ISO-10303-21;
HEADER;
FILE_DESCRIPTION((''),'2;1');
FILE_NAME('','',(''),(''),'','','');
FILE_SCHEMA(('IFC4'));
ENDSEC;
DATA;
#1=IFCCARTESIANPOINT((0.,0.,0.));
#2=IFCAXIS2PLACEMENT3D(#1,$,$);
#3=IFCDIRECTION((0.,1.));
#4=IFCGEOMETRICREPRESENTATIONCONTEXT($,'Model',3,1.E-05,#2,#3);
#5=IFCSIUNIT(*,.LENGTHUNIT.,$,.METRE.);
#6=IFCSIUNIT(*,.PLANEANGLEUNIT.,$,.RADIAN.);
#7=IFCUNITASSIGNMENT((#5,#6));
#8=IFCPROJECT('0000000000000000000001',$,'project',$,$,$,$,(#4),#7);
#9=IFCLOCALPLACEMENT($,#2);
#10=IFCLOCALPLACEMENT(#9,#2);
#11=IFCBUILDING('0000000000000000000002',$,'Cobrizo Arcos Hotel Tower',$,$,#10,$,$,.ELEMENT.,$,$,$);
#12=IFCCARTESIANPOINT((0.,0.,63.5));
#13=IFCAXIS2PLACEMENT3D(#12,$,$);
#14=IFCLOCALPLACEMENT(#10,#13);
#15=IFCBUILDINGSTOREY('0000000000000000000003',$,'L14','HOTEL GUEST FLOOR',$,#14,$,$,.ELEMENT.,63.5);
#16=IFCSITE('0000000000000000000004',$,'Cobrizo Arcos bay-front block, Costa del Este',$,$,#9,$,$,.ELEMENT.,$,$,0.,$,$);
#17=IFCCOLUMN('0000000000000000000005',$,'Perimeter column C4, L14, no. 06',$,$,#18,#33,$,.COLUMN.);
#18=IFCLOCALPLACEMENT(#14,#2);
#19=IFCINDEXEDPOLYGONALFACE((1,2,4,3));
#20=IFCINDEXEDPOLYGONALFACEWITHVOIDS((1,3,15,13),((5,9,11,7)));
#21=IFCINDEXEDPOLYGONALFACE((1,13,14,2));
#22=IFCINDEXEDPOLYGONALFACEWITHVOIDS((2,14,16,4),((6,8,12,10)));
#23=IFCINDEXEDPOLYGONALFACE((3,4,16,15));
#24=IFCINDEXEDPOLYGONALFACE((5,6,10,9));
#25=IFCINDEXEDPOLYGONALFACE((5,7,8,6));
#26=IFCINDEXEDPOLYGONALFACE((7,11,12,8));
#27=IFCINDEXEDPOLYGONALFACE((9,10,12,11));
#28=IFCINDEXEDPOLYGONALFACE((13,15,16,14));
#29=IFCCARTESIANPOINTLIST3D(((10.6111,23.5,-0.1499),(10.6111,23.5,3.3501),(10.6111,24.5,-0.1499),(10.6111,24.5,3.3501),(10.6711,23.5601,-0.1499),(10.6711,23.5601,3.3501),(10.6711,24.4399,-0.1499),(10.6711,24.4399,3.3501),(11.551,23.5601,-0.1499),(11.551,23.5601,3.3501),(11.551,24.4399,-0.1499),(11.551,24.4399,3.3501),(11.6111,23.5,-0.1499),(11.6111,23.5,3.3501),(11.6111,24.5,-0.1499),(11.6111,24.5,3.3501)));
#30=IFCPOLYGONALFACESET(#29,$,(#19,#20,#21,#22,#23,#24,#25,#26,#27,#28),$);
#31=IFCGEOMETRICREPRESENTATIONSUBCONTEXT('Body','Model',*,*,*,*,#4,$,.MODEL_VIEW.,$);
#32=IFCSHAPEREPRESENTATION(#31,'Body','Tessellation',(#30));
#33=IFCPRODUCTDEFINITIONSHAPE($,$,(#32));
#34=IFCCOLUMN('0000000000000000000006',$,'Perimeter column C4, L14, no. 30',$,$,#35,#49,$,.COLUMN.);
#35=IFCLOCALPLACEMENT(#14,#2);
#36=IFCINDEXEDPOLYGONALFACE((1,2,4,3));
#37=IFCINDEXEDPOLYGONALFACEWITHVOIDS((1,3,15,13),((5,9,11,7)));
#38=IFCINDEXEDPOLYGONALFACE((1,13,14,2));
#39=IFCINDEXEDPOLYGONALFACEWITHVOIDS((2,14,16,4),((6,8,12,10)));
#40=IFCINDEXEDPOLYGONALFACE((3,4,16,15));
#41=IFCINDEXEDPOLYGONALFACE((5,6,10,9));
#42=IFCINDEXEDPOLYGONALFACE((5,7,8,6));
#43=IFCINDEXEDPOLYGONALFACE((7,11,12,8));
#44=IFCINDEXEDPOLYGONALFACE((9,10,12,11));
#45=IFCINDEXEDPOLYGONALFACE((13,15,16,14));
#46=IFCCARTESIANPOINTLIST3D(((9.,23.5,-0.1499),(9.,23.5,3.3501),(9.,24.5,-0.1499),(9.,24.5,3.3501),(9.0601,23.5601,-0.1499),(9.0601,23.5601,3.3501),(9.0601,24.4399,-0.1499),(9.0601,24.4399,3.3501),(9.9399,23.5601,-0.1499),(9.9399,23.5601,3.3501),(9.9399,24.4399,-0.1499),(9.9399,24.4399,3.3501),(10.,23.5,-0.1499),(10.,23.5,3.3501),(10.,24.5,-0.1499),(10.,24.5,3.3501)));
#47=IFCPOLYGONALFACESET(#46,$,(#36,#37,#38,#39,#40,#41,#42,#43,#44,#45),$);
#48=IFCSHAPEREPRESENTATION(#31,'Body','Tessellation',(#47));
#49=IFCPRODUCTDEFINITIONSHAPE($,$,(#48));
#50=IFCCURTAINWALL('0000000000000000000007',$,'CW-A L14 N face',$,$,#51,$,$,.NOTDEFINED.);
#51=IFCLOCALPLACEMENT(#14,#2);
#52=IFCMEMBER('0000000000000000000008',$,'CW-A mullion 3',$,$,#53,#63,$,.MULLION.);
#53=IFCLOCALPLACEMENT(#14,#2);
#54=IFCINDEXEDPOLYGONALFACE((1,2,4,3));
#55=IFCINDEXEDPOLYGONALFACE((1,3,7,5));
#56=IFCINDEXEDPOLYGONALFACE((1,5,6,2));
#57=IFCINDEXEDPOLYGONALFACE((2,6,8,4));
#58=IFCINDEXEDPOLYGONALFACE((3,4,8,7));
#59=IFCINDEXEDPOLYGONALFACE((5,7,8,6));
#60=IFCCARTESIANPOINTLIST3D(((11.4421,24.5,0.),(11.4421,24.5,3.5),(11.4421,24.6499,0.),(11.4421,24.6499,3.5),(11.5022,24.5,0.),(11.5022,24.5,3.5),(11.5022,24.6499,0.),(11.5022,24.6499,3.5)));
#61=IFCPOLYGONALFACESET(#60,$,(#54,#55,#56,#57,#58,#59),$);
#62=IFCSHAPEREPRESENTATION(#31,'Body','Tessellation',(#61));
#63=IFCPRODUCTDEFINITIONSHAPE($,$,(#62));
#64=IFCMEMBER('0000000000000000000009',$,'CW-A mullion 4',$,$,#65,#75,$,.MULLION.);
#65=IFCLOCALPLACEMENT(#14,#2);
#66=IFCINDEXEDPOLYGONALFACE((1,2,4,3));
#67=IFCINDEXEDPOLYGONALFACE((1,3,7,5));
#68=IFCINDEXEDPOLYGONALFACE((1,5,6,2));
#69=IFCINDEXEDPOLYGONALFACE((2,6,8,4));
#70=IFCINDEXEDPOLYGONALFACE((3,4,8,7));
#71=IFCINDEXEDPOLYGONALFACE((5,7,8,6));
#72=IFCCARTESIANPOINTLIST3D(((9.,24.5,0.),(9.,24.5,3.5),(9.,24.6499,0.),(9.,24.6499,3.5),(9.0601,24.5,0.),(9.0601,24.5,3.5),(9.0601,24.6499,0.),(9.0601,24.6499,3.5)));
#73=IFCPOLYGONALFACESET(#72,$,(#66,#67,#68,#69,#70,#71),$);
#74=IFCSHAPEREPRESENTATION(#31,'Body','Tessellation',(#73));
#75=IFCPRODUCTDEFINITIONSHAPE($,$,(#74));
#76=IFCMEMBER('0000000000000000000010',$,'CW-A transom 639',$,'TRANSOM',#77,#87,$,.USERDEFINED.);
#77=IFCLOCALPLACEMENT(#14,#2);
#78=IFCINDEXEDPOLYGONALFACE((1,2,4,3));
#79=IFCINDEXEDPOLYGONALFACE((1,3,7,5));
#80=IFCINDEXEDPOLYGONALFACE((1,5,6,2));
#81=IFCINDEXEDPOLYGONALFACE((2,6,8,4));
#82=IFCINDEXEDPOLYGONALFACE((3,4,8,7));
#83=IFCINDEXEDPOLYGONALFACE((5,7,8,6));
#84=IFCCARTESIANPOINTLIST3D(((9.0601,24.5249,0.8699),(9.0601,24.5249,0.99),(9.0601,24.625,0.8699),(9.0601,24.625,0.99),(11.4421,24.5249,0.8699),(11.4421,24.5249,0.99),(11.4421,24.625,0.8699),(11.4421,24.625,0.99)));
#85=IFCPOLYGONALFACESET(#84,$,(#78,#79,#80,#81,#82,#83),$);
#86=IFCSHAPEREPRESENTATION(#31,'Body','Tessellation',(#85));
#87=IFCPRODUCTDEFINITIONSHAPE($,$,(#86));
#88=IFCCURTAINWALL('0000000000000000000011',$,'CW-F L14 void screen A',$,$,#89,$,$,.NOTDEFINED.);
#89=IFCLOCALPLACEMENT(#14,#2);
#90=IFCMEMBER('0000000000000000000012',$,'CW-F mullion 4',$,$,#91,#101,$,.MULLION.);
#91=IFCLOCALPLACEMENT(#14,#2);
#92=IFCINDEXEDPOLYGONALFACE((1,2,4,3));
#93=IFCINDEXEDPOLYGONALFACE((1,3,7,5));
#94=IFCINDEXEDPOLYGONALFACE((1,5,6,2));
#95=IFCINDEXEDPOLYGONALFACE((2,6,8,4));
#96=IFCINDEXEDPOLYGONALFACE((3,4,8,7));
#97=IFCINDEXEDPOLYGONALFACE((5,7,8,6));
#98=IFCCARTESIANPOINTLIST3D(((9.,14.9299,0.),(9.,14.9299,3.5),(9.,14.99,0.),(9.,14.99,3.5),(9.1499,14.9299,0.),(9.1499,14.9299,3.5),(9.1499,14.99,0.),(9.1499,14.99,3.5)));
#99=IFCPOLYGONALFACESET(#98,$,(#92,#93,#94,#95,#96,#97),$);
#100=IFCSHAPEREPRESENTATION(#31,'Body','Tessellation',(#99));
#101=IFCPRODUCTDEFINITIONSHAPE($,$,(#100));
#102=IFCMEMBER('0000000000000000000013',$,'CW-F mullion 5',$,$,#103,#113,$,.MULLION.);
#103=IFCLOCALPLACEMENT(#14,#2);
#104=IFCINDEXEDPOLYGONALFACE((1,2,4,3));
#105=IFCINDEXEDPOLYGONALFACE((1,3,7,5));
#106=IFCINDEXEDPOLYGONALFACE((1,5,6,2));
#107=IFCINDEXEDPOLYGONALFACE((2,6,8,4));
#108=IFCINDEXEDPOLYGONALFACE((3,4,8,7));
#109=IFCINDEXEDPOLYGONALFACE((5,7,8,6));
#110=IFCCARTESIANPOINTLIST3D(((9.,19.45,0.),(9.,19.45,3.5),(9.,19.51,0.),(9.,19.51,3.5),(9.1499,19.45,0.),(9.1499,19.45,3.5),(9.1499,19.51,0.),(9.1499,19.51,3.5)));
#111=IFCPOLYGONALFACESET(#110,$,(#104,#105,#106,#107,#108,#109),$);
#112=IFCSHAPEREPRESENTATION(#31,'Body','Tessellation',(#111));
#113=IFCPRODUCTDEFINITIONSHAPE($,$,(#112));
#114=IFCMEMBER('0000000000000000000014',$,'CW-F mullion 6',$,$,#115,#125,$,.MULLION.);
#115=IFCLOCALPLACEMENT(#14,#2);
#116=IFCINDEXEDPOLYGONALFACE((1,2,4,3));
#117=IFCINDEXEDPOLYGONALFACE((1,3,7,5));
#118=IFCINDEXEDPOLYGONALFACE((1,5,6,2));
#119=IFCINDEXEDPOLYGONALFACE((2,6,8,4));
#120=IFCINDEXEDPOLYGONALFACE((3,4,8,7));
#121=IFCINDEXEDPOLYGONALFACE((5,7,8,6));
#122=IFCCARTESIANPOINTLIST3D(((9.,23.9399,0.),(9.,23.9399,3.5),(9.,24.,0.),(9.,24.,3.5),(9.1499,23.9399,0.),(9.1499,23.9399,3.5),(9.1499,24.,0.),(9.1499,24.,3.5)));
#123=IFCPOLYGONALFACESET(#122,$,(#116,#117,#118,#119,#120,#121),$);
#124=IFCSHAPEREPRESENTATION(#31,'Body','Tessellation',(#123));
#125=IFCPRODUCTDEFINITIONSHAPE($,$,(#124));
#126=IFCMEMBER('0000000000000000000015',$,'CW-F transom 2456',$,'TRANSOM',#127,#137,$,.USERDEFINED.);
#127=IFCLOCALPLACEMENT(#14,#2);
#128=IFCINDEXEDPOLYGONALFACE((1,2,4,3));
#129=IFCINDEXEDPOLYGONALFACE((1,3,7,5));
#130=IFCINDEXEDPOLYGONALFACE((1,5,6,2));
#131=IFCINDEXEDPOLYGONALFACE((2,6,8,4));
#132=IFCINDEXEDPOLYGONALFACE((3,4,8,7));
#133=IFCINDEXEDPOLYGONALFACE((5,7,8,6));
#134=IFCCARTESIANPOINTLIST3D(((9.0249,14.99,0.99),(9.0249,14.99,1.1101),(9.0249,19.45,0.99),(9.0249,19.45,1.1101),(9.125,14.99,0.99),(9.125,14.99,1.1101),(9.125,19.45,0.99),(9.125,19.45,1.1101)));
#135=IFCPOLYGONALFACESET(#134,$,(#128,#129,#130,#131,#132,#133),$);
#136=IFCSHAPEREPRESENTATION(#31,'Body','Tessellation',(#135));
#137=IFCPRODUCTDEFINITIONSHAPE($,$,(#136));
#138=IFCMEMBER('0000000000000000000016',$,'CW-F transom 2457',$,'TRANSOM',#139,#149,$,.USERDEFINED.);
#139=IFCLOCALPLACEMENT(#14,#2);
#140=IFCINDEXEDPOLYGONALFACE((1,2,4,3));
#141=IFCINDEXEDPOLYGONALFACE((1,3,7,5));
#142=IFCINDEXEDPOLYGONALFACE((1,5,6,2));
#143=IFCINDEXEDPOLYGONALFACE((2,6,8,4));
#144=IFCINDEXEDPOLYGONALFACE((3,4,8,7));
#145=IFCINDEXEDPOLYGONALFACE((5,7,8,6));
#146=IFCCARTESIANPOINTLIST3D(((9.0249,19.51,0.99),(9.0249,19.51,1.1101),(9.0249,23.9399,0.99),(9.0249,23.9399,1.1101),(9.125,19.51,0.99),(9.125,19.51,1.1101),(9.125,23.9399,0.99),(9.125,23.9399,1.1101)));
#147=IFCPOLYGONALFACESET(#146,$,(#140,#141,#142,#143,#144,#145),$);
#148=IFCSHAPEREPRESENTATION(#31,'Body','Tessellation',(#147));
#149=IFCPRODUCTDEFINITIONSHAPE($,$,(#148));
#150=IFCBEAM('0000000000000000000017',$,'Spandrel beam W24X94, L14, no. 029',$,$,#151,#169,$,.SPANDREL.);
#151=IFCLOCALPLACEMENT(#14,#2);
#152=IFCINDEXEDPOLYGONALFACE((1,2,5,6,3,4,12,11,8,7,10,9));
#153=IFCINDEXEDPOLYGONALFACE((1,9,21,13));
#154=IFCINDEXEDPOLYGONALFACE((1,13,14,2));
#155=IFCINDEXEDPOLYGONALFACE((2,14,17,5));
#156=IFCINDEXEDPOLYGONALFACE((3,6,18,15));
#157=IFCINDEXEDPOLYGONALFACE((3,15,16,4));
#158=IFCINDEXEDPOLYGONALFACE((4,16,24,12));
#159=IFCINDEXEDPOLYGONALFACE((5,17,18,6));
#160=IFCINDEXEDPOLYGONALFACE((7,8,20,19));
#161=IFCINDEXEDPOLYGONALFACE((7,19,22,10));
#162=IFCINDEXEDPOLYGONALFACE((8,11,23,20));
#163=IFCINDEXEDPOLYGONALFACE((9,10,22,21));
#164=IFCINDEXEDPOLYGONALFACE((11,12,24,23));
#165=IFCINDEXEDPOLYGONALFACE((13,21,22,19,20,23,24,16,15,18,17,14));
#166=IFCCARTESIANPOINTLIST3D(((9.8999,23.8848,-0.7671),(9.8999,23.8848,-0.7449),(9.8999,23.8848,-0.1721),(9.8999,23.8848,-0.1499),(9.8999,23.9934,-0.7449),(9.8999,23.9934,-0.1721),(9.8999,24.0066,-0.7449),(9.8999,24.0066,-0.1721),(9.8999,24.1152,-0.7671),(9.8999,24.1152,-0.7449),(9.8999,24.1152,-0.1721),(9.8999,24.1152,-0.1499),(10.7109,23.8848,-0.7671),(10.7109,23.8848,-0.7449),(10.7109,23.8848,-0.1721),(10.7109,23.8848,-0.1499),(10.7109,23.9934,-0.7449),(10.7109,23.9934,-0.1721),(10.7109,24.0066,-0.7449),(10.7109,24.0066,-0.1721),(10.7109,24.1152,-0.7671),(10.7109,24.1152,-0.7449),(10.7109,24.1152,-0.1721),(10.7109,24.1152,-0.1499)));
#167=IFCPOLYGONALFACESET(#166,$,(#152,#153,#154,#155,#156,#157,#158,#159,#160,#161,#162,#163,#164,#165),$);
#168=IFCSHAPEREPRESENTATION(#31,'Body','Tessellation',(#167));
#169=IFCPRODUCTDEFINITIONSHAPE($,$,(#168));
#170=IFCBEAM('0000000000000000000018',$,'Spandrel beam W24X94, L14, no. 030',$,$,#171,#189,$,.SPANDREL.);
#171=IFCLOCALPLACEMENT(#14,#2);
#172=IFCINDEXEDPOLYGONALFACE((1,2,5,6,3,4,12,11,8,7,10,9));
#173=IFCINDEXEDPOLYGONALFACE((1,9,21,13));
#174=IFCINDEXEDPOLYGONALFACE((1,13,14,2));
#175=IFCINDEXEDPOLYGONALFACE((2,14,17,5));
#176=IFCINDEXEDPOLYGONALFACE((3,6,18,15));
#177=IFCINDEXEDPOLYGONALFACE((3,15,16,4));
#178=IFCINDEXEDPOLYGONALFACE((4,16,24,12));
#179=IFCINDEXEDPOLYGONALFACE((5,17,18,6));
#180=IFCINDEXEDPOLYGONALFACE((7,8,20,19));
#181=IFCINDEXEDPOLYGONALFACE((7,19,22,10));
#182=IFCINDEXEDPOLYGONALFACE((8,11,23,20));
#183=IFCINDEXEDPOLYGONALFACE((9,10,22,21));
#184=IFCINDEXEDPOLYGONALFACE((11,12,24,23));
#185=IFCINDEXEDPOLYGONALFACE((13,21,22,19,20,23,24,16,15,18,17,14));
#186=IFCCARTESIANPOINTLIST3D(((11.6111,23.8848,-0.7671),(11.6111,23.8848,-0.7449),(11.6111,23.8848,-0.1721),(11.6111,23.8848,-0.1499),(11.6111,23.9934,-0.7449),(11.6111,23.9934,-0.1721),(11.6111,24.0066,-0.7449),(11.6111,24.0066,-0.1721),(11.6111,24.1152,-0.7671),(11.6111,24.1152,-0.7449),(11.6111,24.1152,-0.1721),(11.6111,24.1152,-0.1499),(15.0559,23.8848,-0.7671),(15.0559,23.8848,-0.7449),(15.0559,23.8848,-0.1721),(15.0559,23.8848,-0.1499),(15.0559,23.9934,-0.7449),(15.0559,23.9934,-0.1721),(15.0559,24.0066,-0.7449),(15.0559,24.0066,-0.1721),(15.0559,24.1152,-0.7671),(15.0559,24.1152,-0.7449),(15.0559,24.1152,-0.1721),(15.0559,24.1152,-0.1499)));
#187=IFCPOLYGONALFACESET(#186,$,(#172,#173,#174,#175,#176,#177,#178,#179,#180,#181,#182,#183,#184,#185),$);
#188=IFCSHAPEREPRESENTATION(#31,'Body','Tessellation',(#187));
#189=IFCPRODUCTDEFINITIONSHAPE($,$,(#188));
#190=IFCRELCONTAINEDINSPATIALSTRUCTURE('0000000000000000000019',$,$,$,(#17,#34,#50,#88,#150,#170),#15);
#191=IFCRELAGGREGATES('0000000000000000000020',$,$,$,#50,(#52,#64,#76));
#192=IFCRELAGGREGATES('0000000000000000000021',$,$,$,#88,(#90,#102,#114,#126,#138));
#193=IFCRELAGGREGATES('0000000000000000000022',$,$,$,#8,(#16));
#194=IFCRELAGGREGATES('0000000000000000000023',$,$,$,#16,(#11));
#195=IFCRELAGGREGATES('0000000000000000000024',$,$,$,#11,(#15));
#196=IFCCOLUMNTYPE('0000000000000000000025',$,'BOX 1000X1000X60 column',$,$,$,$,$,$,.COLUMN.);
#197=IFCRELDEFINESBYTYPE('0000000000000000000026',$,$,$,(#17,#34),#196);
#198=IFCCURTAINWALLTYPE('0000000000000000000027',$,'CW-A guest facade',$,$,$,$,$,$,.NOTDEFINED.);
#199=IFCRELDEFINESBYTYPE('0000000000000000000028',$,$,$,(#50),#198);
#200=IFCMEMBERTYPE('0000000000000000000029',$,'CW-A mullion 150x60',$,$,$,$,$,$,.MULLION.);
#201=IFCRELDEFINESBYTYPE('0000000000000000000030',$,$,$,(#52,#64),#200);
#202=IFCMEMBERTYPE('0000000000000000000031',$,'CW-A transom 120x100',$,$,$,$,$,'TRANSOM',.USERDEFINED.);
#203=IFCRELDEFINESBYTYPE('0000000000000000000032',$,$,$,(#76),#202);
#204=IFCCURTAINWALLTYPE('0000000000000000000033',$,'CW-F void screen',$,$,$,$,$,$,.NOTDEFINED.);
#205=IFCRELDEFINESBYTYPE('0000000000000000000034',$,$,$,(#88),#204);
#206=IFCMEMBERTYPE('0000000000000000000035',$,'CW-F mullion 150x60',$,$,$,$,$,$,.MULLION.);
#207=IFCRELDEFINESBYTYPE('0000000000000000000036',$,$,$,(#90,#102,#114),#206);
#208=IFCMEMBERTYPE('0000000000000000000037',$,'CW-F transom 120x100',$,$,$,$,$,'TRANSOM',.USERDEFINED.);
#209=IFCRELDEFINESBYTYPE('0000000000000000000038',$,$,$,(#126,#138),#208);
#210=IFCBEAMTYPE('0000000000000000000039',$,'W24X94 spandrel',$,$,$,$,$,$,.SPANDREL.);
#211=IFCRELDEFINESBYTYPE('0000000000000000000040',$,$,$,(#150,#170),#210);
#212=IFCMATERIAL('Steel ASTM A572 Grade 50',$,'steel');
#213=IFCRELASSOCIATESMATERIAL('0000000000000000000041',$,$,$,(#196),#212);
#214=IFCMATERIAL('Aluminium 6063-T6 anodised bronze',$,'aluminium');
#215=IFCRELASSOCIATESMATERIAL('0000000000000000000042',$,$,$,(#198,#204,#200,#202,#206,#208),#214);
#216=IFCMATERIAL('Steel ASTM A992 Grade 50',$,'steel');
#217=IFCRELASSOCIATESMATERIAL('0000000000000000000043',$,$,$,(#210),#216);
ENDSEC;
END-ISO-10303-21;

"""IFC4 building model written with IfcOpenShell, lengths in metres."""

from ifc_helpers import new_model, si_unit, direction, frame, origin, origin_2d, place, context, subcontext, project, spatial, rectangle, hollow_rectangle, i_section, extrude, material, material_profile, profile_set, type_object, element, aggregate, save


model = new_model("IFC4")

# Units and contexts
model_context = context("Model", 3, precision=1e-05, world=origin(), true_north=direction((0.0, 1.0)))
body_context = subcontext(model_context, "Body", "Model", "MODEL_VIEW")
ifc_project = project(units=[si_unit("LENGTHUNIT", "METRE"), si_unit("PLANEANGLEUNIT", "RADIAN")], contexts=[model_context])

# Site, building, storey
site_placement = place(None, origin())
site = spatial("IfcSite", under=ifc_project, at=site_placement, Name="Cobrizo Arcos bay-front block, Costa del Este", CompositionType="ELEMENT", RefElevation=0.0)
building_placement = place(site_placement, origin())
building = spatial("IfcBuilding", under=site, at=building_placement, Name="Cobrizo Arcos Hotel Tower", CompositionType="ELEMENT")
storey_placement = place(building_placement, frame((0.0, 0.0, 63.5)))
storey = spatial("IfcBuildingStorey", under=building, at=storey_placement, Name="L14", Description="HOTEL GUEST FLOOR", CompositionType="ELEMENT", Elevation=63.5)

# Columns
ifc_material_1 = material(Name="Steel ASTM A572 Grade 50", Category="steel")
ifc_material_profile_1 = material_profile(ifc_material_1, hollow_rectangle(XDim=1.0, YDim=1.0, WallThickness=0.0601, at=origin_2d()), Name="BOX 1000X1000X60")
ifc_profile_set_1 = profile_set([ifc_material_profile_1], Name="Steel ASTM A572 Grade 50")
column_type = type_object("IfcColumnType", Name="BOX 1000X1000X60 column", PredefinedType="COLUMN", material=ifc_profile_set_1)
for number, where, z_axis, x_axis, name in (
    (1, (11.1111, 24.0, -0.1499), (0.0, 0.0, 1.0), (1.0, 0.0, 0.0), "Perimeter column C4, L14, no. 06"),
    (2, (9.5, 24.0, -0.1499), (0.0, 0.0, 1.0), (1.0, 0.0, 0.0), "Perimeter column C4, L14, no. 30"),
):
    element("IfcColumn", number, at=place(storey_placement, frame(where, z_axis=z_axis, x_axis=x_axis)), inside=storey, type_object=column_type, Name=name, PredefinedType="COLUMN", context=body_context, shape_type="SweptSolid", body=[
        extrude(hollow_rectangle(XDim=1.0, YDim=1.0, WallThickness=0.0601, at=origin_2d()), origin(), (0.0, 0.0, 1.0), 3.5),
    ])

# Curtain walls, members
ifc_material_2 = material(Name="Aluminium 6063-T6 anodised bronze", Category="aluminium")
curtain_wall_type_1 = type_object("IfcCurtainWallType", Name="CW-A guest facade", PredefinedType="NOTDEFINED", material=ifc_material_2)
curtain_wall_1_placement = place(storey_placement, origin())
curtain_wall_1 = element("IfcCurtainWall", 3, at=curtain_wall_1_placement, inside=storey, type_object=curtain_wall_type_1, Name="CW-A L14 N face", PredefinedType="NOTDEFINED")
ifc_material_profile_2 = material_profile(ifc_material_2, rectangle(XDim=0.1499, YDim=0.0601, at=origin_2d()), Name="CW-A mullion 150x60")
ifc_profile_set_2 = profile_set([ifc_material_profile_2], Name="Aluminium 6063-T6 anodised bronze")
member_type_1 = type_object("IfcMemberType", Name="CW-A mullion 150x60", PredefinedType="MULLION", material=ifc_profile_set_2)
member_1_placement = place(storey_placement, frame((11.4722, 24.575, 0.0), z_axis=(0.0, 0.0, 1.0), x_axis=(0.0, 1.0, 0.0)))
member_1 = element("IfcMember", 4, at=member_1_placement, type_object=member_type_1, Name="CW-A mullion 3", PredefinedType="MULLION", context=body_context, shape_type="SweptSolid", body=[
    extrude(rectangle(XDim=0.1499, YDim=0.0601, at=origin_2d()), origin(), (0.0, 0.0, 1.0), 3.5),
])
member_2_placement = place(storey_placement, frame((9.03, 24.575, 0.0), z_axis=(0.0, 0.0, 1.0), x_axis=(0.0, 1.0, 0.0)))
member_2 = element("IfcMember", 5, at=member_2_placement, type_object=member_type_1, Name="CW-A mullion 4", PredefinedType="MULLION", context=body_context, shape_type="SweptSolid", body=[
    extrude(rectangle(XDim=0.1499, YDim=0.0601, at=origin_2d()), origin(), (0.0, 0.0, 1.0), 3.5),
])
ifc_material_profile_3 = material_profile(ifc_material_2, rectangle(XDim=0.1001, YDim=0.1201, at=origin_2d()), Name="CW-A transom 120x100")
ifc_profile_set_3 = profile_set([ifc_material_profile_3], Name="Aluminium 6063-T6 anodised bronze")
member_type_2 = type_object("IfcMemberType", Name="CW-A transom 120x100", ElementType="TRANSOM", PredefinedType="USERDEFINED", material=ifc_profile_set_3)
member_3_placement = place(storey_placement, frame((11.4421, 24.575, 0.9299), z_axis=(-1.0, 0.0, 0.0), x_axis=(0.0, -1.0, 0.0)))
member_3 = element("IfcMember", 6, at=member_3_placement, type_object=member_type_2, Name="CW-A transom 639", ObjectType="TRANSOM", PredefinedType="USERDEFINED", context=body_context, shape_type="SweptSolid", body=[
    extrude(rectangle(XDim=0.1001, YDim=0.1201, at=origin_2d()), origin(), (0.0, 0.0, 1.0), 2.3821),
])
curtain_wall_type_2 = type_object("IfcCurtainWallType", Name="CW-F void screen", PredefinedType="NOTDEFINED", material=ifc_material_2)
curtain_wall_2_placement = place(storey_placement, origin())
curtain_wall_2 = element("IfcCurtainWall", 7, at=curtain_wall_2_placement, inside=storey, type_object=curtain_wall_type_2, Name="CW-F L14 void screen A", PredefinedType="NOTDEFINED")
ifc_material_profile_4 = material_profile(ifc_material_2, rectangle(XDim=0.1499, YDim=0.0601, at=origin_2d()), Name="CW-F mullion 150x60")
ifc_profile_set_4 = profile_set([ifc_material_profile_4], Name="Aluminium 6063-T6 anodised bronze")
member_type_3 = type_object("IfcMemberType", Name="CW-F mullion 150x60", PredefinedType="MULLION", material=ifc_profile_set_4)
member_4_placement = place(storey_placement, frame((9.075, 14.96, 0.0), z_axis=(0.0, 0.0, 1.0), x_axis=(1.0, 0.0, 0.0)))
member_4 = element("IfcMember", 8, at=member_4_placement, type_object=member_type_3, Name="CW-F mullion 4", PredefinedType="MULLION", context=body_context, shape_type="SweptSolid", body=[
    extrude(rectangle(XDim=0.1499, YDim=0.0601, at=origin_2d()), origin(), (0.0, 0.0, 1.0), 3.5),
])
member_5_placement = place(storey_placement, frame((9.075, 19.48, 0.0), z_axis=(0.0, 0.0, 1.0), x_axis=(1.0, 0.0, 0.0)))
member_5 = element("IfcMember", 9, at=member_5_placement, type_object=member_type_3, Name="CW-F mullion 5", PredefinedType="MULLION", context=body_context, shape_type="SweptSolid", body=[
    extrude(rectangle(XDim=0.1499, YDim=0.0601, at=origin_2d()), origin(), (0.0, 0.0, 1.0), 3.5),
])
member_6_placement = place(storey_placement, frame((9.075, 23.97, 0.0), z_axis=(0.0, 0.0, 1.0), x_axis=(1.0, 0.0, 0.0)))
member_6 = element("IfcMember", 10, at=member_6_placement, type_object=member_type_3, Name="CW-F mullion 6", PredefinedType="MULLION", context=body_context, shape_type="SweptSolid", body=[
    extrude(rectangle(XDim=0.1499, YDim=0.0601, at=origin_2d()), origin(), (0.0, 0.0, 1.0), 3.5),
])
ifc_material_profile_5 = material_profile(ifc_material_2, rectangle(XDim=0.1001, YDim=0.1201, at=origin_2d()), Name="CW-F transom 120x100")
ifc_profile_set_5 = profile_set([ifc_material_profile_5], Name="Aluminium 6063-T6 anodised bronze")
member_type_4 = type_object("IfcMemberType", Name="CW-F transom 120x100", ElementType="TRANSOM", PredefinedType="USERDEFINED", material=ifc_profile_set_5)
member_7_placement = place(storey_placement, frame((9.075, 14.99, 1.05), z_axis=(0.0, 1.0, 0.0), x_axis=(-1.0, 0.0, 0.0)))
member_7 = element("IfcMember", 11, at=member_7_placement, type_object=member_type_4, Name="CW-F transom 2456", ObjectType="TRANSOM", PredefinedType="USERDEFINED", context=body_context, shape_type="SweptSolid", body=[
    extrude(rectangle(XDim=0.1001, YDim=0.1201, at=origin_2d()), origin(), (0.0, 0.0, 1.0), 4.46),
])
member_8_placement = place(storey_placement, frame((9.075, 19.51, 1.05), z_axis=(0.0, 1.0, 0.0), x_axis=(-1.0, 0.0, 0.0)))
member_8 = element("IfcMember", 12, at=member_8_placement, type_object=member_type_4, Name="CW-F transom 2457", ObjectType="TRANSOM", PredefinedType="USERDEFINED", context=body_context, shape_type="SweptSolid", body=[
    extrude(rectangle(XDim=0.1001, YDim=0.1201, at=origin_2d()), origin(), (0.0, 0.0, 1.0), 4.4299),
])

# Beams
ifc_material_3 = material(Name="Steel ASTM A992 Grade 50", Category="steel")
ifc_material_profile_6 = material_profile(ifc_material_3, i_section(OverallWidth=0.2305, OverallDepth=0.6172, WebThickness=0.0132, FlangeThickness=0.0222, at=origin_2d()), Name="W24X94")
ifc_profile_set_6 = profile_set([ifc_material_profile_6], Name="Steel ASTM A992 Grade 50")
beam_type = type_object("IfcBeamType", Name="W24X94 spandrel", PredefinedType="SPANDREL", material=ifc_profile_set_6)
beam_1_placement = place(storey_placement, frame((9.8999, 24.0, -0.4585), z_axis=(1.0, 0.0, 0.0), x_axis=(0.0, 1.0, 0.0)))
element("IfcBeam", 13, at=beam_1_placement, inside=storey, type_object=beam_type, Name="Spandrel beam W24X94, L14, no. 029", PredefinedType="SPANDREL", context=body_context, shape_type="SweptSolid", body=[
    extrude(i_section(OverallWidth=0.2305, OverallDepth=0.6172, WebThickness=0.0132, FlangeThickness=0.0222, at=origin_2d()), origin(), (0.0, 0.0, 1.0), 0.811),
])
beam_2_placement = place(storey_placement, frame((11.6111, 24.0, -0.4585), z_axis=(1.0, 0.0, 0.0), x_axis=(0.0, 1.0, 0.0)))
element("IfcBeam", 14, at=beam_2_placement, inside=storey, type_object=beam_type, Name="Spandrel beam W24X94, L14, no. 030", PredefinedType="SPANDREL", context=body_context, shape_type="SweptSolid", body=[
    extrude(i_section(OverallWidth=0.2305, OverallDepth=0.6172, WebThickness=0.0132, FlangeThickness=0.0222, at=origin_2d()), origin(), (0.0, 0.0, 1.0), 3.4448),
])

aggregate(curtain_wall_1, [member_1, member_2, member_3])
aggregate(curtain_wall_2, [member_4, member_5, member_6, member_7, member_8])

save(model, "model.ifc")
